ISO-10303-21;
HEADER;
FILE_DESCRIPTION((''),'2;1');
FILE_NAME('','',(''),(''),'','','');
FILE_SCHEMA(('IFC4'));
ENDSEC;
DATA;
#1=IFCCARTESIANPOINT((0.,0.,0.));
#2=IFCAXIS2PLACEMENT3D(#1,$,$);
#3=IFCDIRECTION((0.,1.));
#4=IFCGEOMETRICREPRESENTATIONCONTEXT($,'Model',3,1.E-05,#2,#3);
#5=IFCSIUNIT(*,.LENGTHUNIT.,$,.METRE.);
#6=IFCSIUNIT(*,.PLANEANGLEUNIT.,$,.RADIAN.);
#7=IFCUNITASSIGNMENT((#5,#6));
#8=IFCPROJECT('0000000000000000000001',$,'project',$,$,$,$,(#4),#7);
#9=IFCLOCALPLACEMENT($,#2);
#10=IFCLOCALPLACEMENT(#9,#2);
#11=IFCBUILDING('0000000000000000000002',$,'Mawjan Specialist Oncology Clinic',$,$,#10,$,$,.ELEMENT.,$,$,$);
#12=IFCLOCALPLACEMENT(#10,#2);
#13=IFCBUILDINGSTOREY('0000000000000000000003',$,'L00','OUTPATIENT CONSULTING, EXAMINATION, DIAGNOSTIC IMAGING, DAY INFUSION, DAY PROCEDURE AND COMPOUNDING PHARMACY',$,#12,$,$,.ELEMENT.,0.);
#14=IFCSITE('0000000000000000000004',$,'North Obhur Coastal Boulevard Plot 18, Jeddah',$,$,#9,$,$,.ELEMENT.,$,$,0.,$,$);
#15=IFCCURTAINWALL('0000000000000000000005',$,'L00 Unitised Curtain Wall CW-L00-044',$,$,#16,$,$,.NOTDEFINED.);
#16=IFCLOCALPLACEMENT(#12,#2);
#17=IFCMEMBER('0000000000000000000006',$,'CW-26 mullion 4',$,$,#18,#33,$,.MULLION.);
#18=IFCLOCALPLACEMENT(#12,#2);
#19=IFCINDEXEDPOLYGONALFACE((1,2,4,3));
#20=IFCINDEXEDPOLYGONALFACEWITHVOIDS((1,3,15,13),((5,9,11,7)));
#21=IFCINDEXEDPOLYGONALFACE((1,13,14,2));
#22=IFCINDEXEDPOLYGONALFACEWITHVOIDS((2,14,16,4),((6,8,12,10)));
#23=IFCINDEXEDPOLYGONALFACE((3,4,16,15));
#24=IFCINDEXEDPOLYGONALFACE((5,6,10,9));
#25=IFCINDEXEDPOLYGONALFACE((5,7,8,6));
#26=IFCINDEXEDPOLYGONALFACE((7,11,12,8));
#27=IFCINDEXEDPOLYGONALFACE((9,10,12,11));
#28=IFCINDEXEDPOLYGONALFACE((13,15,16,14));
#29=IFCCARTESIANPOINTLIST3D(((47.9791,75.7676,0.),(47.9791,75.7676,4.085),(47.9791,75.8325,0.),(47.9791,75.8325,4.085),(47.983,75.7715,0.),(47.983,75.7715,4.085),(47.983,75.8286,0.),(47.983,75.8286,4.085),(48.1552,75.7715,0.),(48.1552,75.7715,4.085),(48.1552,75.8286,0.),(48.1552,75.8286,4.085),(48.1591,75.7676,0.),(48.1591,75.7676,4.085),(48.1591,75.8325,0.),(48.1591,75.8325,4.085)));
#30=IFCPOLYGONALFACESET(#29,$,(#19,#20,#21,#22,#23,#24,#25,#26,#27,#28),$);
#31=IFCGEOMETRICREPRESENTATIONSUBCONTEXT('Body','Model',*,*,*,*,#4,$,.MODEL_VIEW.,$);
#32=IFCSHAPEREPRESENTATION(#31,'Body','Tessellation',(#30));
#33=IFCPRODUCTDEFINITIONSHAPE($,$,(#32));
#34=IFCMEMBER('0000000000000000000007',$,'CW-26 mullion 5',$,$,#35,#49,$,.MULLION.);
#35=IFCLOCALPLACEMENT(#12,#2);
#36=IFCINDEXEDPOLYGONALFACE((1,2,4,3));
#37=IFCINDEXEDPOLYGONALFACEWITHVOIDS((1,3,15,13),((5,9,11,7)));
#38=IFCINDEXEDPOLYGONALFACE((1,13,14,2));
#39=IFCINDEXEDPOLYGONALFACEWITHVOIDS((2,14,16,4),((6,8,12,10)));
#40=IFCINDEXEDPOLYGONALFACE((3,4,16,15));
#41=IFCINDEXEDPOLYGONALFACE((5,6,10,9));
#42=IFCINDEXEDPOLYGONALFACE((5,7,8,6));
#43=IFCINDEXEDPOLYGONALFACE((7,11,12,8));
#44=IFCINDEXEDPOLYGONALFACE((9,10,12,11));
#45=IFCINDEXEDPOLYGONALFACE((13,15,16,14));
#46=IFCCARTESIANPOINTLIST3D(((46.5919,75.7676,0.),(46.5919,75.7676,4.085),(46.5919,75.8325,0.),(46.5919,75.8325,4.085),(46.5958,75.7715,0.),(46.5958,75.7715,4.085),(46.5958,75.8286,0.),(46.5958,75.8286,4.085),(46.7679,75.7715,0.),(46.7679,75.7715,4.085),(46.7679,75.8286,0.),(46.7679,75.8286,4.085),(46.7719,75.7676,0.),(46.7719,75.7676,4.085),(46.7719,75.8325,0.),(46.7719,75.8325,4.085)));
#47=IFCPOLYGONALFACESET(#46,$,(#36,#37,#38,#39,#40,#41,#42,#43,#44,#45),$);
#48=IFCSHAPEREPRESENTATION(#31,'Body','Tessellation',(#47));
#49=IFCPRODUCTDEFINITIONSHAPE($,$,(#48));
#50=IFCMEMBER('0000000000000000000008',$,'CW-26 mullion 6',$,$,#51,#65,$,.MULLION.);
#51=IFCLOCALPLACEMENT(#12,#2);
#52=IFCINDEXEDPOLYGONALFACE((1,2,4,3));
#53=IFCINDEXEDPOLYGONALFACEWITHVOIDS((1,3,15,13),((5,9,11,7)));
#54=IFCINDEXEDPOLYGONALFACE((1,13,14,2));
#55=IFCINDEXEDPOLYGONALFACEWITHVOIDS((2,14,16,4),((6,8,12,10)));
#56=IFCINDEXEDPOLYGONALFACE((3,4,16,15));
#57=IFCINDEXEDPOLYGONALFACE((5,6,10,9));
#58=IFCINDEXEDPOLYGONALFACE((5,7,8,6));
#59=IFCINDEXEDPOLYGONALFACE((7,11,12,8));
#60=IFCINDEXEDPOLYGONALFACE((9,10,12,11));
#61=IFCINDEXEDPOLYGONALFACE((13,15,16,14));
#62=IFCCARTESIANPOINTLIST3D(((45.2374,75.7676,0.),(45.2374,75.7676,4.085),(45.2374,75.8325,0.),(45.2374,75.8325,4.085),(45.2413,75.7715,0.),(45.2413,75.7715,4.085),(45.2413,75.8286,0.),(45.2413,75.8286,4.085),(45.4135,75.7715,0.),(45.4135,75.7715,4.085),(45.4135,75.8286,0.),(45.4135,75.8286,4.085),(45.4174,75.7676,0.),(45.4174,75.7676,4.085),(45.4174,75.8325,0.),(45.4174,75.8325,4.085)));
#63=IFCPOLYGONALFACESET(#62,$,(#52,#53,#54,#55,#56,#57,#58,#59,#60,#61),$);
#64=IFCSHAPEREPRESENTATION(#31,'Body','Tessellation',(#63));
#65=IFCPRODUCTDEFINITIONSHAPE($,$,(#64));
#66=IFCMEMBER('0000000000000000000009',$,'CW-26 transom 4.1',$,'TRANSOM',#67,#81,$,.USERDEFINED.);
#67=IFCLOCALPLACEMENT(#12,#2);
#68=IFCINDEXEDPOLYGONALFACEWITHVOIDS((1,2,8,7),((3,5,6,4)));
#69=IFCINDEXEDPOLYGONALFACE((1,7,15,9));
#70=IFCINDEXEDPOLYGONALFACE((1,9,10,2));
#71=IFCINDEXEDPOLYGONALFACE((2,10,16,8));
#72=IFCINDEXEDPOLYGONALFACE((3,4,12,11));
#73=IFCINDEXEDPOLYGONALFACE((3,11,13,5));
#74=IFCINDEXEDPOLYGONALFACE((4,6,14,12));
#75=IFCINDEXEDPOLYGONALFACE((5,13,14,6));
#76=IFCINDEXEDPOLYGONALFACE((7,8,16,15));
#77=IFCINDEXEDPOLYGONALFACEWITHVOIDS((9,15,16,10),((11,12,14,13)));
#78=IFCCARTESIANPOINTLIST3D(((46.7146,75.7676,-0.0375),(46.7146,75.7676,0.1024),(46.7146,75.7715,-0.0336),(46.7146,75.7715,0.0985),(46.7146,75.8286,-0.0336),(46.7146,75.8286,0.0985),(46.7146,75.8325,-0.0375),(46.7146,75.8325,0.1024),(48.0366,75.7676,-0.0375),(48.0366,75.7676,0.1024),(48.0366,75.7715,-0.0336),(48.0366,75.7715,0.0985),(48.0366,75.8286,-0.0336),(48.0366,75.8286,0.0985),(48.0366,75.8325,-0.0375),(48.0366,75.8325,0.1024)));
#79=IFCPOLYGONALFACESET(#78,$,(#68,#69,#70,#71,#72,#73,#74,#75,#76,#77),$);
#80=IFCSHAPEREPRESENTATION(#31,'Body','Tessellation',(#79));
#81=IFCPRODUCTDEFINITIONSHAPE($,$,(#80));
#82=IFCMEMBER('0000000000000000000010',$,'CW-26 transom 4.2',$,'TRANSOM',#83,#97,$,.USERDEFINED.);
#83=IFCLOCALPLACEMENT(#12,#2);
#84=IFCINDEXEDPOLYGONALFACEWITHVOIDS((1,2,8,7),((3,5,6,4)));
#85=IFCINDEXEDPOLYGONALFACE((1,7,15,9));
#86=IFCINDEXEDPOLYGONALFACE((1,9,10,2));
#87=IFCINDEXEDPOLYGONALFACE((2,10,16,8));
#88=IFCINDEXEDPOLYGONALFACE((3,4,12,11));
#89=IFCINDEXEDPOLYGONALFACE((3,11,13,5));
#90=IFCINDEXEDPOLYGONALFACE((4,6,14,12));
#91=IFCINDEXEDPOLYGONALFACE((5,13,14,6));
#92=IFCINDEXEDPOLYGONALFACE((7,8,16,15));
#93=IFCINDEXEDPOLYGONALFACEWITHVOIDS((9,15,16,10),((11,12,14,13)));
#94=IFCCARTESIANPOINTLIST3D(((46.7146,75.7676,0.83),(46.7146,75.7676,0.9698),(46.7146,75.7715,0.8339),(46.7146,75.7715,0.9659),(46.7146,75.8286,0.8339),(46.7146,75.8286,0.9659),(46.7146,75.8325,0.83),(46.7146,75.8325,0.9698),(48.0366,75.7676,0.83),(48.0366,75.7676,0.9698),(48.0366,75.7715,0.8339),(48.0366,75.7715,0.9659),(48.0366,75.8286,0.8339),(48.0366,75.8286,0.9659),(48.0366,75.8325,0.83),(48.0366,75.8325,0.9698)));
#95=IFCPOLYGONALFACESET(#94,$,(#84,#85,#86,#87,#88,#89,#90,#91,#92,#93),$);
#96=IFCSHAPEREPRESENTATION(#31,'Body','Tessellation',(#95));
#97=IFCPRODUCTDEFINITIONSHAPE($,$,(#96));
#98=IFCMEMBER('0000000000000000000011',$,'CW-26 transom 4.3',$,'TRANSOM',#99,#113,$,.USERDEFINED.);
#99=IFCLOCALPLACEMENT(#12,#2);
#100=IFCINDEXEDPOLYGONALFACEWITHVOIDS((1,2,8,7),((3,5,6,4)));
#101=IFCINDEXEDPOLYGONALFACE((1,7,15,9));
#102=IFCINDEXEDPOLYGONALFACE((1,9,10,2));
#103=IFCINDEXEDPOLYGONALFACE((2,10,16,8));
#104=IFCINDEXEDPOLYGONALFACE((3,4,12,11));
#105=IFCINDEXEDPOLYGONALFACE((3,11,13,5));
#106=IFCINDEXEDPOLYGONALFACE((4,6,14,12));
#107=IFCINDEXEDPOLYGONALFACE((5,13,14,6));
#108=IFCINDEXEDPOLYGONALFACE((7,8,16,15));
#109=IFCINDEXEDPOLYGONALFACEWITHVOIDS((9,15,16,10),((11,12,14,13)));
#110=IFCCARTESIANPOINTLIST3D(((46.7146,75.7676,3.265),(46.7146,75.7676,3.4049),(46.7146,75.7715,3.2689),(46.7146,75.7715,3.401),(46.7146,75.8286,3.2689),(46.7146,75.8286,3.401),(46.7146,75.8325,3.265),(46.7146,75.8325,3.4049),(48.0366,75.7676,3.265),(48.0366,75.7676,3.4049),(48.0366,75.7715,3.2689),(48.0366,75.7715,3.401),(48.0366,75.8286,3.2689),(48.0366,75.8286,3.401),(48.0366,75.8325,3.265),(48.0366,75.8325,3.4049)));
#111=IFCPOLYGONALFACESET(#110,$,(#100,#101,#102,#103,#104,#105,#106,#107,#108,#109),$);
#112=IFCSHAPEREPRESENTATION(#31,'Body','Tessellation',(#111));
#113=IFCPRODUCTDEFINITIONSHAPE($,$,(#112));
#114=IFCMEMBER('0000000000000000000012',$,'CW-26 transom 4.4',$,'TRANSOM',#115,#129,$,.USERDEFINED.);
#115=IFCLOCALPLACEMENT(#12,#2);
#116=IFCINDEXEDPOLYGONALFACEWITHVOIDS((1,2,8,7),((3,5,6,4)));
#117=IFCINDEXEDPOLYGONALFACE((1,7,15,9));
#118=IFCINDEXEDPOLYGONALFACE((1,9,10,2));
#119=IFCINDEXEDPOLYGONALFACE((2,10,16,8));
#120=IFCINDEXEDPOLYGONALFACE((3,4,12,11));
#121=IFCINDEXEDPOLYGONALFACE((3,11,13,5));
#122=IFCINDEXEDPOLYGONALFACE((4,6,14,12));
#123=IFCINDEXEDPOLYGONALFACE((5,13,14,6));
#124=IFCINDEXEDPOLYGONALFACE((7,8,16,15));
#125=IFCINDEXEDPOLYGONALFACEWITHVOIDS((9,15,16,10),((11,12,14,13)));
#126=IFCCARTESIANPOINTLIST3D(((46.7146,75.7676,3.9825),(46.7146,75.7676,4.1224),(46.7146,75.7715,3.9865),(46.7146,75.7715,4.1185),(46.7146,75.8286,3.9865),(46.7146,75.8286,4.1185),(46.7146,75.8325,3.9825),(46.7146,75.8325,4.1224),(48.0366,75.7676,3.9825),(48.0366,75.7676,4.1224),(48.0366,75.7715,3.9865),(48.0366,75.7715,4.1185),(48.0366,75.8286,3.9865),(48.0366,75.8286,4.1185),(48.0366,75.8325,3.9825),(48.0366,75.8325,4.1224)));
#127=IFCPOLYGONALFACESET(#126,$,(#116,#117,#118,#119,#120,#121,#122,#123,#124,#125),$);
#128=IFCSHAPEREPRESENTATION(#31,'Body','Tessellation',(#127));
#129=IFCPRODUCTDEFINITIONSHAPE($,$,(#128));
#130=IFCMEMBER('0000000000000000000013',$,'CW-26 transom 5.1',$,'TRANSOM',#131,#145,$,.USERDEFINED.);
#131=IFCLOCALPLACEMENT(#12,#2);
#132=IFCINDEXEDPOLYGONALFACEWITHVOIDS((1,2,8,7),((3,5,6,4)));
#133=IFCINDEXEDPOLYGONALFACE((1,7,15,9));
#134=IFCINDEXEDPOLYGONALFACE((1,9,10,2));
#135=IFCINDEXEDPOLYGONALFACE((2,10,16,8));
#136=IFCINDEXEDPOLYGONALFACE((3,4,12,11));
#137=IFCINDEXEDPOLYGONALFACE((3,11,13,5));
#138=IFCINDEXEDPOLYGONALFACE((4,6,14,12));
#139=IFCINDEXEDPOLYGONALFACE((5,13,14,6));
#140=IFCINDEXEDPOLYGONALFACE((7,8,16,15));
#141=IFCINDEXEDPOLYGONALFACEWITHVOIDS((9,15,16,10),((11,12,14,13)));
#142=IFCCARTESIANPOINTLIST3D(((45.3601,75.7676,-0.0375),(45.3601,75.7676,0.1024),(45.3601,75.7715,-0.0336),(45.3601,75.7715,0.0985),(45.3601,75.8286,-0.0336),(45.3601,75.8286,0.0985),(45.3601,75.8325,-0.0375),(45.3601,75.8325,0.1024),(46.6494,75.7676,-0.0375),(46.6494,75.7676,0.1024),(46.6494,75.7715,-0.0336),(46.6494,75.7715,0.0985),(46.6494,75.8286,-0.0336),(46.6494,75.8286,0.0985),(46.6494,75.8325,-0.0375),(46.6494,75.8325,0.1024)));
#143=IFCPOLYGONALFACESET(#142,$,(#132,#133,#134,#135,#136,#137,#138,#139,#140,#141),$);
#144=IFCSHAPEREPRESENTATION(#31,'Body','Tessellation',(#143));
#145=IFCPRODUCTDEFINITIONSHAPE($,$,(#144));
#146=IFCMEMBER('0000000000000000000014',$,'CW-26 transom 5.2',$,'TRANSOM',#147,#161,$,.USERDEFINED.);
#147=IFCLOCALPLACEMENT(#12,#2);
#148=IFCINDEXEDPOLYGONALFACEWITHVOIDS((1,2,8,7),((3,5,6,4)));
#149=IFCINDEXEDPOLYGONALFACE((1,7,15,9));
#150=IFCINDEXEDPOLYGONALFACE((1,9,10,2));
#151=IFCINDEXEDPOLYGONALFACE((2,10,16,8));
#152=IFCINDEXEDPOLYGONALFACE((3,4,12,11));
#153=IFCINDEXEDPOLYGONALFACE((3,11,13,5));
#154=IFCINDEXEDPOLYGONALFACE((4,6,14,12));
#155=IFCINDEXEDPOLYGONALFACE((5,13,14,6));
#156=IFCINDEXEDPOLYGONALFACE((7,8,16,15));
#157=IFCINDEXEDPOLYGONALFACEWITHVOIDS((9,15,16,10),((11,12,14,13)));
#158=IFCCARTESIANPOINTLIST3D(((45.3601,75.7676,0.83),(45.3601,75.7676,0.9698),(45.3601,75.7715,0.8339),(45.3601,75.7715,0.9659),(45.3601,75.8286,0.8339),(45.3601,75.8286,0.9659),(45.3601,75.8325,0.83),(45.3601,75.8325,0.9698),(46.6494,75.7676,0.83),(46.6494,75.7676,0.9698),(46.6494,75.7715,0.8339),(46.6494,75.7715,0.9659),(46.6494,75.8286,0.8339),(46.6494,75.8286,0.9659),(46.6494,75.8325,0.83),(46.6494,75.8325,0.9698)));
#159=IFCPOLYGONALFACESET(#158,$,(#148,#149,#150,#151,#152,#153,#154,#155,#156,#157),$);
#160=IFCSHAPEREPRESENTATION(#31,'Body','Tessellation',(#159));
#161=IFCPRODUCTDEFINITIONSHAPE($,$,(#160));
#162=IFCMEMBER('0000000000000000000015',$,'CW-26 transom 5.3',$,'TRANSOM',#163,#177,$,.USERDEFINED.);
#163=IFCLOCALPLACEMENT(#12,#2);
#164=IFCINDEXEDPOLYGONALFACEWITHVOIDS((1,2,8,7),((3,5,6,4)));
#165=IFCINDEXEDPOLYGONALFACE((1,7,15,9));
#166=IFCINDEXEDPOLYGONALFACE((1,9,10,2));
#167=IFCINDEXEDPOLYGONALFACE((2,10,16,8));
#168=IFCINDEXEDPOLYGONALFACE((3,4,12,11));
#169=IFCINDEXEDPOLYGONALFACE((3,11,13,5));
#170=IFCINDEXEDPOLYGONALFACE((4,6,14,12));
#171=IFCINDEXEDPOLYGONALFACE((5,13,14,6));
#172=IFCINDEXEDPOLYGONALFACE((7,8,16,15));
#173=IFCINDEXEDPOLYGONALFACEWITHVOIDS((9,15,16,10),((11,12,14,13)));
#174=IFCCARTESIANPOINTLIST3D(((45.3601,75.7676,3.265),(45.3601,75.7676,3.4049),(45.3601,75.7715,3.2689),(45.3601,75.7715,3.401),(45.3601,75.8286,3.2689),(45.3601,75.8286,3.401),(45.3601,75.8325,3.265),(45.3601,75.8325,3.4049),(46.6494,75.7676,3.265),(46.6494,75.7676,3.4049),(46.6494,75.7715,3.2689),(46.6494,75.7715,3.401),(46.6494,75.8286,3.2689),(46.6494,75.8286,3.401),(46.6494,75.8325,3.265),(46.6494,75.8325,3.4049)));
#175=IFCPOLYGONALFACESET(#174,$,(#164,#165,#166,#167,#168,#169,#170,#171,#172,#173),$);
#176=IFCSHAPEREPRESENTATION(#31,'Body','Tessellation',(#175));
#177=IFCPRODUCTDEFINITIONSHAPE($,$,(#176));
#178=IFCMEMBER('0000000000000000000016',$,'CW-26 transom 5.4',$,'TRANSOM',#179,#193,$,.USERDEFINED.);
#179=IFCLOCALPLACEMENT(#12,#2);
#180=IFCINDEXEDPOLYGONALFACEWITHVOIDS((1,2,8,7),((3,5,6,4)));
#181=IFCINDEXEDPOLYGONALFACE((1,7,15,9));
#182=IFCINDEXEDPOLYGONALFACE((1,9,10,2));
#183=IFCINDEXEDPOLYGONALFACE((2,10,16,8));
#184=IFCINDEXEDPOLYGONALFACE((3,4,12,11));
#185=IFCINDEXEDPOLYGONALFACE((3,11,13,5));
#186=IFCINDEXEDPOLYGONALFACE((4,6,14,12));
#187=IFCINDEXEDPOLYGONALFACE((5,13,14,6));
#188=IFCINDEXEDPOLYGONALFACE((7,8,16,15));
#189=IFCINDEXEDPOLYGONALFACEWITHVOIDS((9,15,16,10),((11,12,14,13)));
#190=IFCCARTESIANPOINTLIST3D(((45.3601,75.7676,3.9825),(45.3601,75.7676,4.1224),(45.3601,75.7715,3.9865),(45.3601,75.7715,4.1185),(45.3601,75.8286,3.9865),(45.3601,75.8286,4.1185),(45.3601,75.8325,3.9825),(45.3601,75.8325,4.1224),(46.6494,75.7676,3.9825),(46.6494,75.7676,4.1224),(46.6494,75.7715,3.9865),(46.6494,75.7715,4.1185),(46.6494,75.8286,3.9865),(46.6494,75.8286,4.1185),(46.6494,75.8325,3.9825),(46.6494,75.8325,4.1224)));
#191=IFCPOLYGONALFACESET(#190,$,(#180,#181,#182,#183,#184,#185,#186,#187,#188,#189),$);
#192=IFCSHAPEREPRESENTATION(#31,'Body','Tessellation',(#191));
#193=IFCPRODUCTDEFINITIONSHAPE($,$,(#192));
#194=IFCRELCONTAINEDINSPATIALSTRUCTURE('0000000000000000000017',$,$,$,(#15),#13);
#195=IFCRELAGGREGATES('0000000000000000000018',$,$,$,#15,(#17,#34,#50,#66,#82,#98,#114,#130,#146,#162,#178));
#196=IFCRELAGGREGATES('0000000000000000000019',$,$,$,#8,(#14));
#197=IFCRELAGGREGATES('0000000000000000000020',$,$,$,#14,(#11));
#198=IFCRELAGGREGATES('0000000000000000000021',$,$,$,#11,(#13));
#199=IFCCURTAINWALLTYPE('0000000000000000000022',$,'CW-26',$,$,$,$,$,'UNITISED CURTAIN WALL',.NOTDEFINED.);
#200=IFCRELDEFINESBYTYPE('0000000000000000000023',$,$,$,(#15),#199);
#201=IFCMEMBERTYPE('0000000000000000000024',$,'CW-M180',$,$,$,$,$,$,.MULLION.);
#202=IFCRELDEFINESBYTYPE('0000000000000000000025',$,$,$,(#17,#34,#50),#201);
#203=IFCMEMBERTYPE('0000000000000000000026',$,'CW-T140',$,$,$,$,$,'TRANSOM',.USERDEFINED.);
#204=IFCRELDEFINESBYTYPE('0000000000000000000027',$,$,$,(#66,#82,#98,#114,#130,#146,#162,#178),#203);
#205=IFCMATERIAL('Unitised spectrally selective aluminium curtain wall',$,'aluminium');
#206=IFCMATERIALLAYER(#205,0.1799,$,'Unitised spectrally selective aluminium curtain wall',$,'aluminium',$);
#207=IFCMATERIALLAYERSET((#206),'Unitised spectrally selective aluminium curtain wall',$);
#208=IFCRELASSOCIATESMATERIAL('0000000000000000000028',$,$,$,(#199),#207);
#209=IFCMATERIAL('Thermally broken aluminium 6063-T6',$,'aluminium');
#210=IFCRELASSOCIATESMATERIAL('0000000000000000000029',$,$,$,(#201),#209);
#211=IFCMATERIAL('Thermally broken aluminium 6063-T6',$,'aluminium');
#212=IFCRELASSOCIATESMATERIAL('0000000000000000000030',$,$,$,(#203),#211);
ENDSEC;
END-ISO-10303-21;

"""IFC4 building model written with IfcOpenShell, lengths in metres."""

from ifc_helpers import new_model, si_unit, direction, frame, origin, origin_2d, place, context, subcontext, project, spatial, hollow_rectangle, extrude, material, layer, layer_set, material_profile, profile_set, type_object, element, aggregate, save


model = new_model("IFC4")

# Units and contexts
model_context = context("Model", 3, precision=1e-05, world=origin(), true_north=direction((0.0, 1.0)))
body_context = subcontext(model_context, "Body", "Model", "MODEL_VIEW")
ifc_project = project(units=[si_unit("LENGTHUNIT", "METRE"), si_unit("PLANEANGLEUNIT", "RADIAN")], contexts=[model_context])

# Site, building, storey
site_placement = place(None, origin())
site = spatial("IfcSite", under=ifc_project, at=site_placement, Name="North Obhur Coastal Boulevard Plot 18, Jeddah", CompositionType="ELEMENT", RefElevation=0.0)
building_placement = place(site_placement, origin())
building = spatial("IfcBuilding", under=site, at=building_placement, Name="Mawjan Specialist Oncology Clinic", CompositionType="ELEMENT")
storey_placement = place(building_placement, origin())
storey = spatial("IfcBuildingStorey", under=building, at=storey_placement, Name="L00", Description="OUTPATIENT CONSULTING, EXAMINATION, DIAGNOSTIC IMAGING, DAY INFUSION, DAY PROCEDURE AND COMPOUNDING PHARMACY", CompositionType="ELEMENT", Elevation=0.0)

# Curtain wall, members
ifc_material_1 = material(Name="Unitised spectrally selective aluminium curtain wall", Category="aluminium")
ifc_layer_1 = layer(ifc_material_1, 0.1799, Name="Unitised spectrally selective aluminium curtain wall", Category="aluminium")
ifc_layer_set_1 = layer_set([ifc_layer_1], Name="Unitised spectrally selective aluminium curtain wall")
curtain_wall_type_1 = type_object("IfcCurtainWallType", Name="CW-26", ElementType="UNITISED CURTAIN WALL", PredefinedType="NOTDEFINED", material=ifc_layer_set_1)
curtain_wall_1_placement = place(storey_placement, origin())
curtain_wall_1 = element("IfcCurtainWall", 1, at=curtain_wall_1_placement, inside=storey, type_object=curtain_wall_type_1, Name="L00 Unitised Curtain Wall CW-L00-044", PredefinedType="NOTDEFINED")
ifc_material_2 = material(Name="Thermally broken aluminium 6063-T6", Category="aluminium")
ifc_material_profile_1 = material_profile(ifc_material_2, hollow_rectangle(XDim=0.0649, YDim=0.1799, WallThickness=0.0039, at=origin_2d()), Name="ALU MULLION 180x65x4", Category="aluminium")
ifc_profile_set_1 = profile_set([ifc_material_profile_1], Name="Thermally broken aluminium 6063-T6")
member_type_1 = type_object("IfcMemberType", Name="CW-M180", PredefinedType="MULLION", material=ifc_profile_set_1)
member_1_placement = place(storey_placement, frame((48.0691, 75.8, 0.0), z_axis=(0.0, 0.0, 1.0), x_axis=(0.0, -1.0, 0.0)))
member_1 = element("IfcMember", 2, at=member_1_placement, type_object=member_type_1, Name="CW-26 mullion 4", PredefinedType="MULLION", context=body_context, shape_type="SweptSolid", body=[
    extrude(hollow_rectangle(XDim=0.0649, YDim=0.1799, WallThickness=0.0039, at=origin_2d()), origin(), (0.0, 0.0, 1.0), 4.085),
])
member_2_placement = place(storey_placement, frame((46.6819, 75.8, 0.0), z_axis=(0.0, 0.0, 1.0), x_axis=(0.0, -1.0, 0.0)))
member_2 = element("IfcMember", 3, at=member_2_placement, type_object=member_type_1, Name="CW-26 mullion 5", PredefinedType="MULLION", context=body_context, shape_type="SweptSolid", body=[
    extrude(hollow_rectangle(XDim=0.0649, YDim=0.1799, WallThickness=0.0039, at=origin_2d()), origin(), (0.0, 0.0, 1.0), 4.085),
])
member_3_placement = place(storey_placement, frame((45.3274, 75.8, 0.0), z_axis=(0.0, 0.0, 1.0), x_axis=(0.0, -1.0, 0.0)))
member_3 = element("IfcMember", 4, at=member_3_placement, type_object=member_type_1, Name="CW-26 mullion 6", PredefinedType="MULLION", context=body_context, shape_type="SweptSolid", body=[
    extrude(hollow_rectangle(XDim=0.0649, YDim=0.1799, WallThickness=0.0039, at=origin_2d()), origin(), (0.0, 0.0, 1.0), 4.085),
])
ifc_material_3 = material(Name="Thermally broken aluminium 6063-T6", Category="aluminium")
ifc_material_profile_2 = material_profile(ifc_material_3, hollow_rectangle(XDim=0.0649, YDim=0.1399, WallThickness=0.0039, at=origin_2d()), Name="ALU TRANSOM 140x65x4", Category="aluminium")
ifc_profile_set_2 = profile_set([ifc_material_profile_2], Name="Thermally broken aluminium 6063-T6")
member_type_2 = type_object("IfcMemberType", Name="CW-T140", ElementType="TRANSOM", PredefinedType="USERDEFINED", material=ifc_profile_set_2)
member_4_placement = place(storey_placement, frame((48.0366, 75.8, 0.0325), z_axis=(-1.0, 0.0, 0.0), x_axis=(0.0, -1.0, 0.0)))
member_4 = element("IfcMember", 5, at=member_4_placement, type_object=member_type_2, Name="CW-26 transom 4.1", ObjectType="TRANSOM", PredefinedType="USERDEFINED", context=body_context, shape_type="SweptSolid", body=[
    extrude(hollow_rectangle(XDim=0.0649, YDim=0.1399, WallThickness=0.0039, at=origin_2d()), origin(), (0.0, 0.0, 1.0), 1.322),
])
member_5_placement = place(storey_placement, frame((48.0366, 75.8, 0.8999), z_axis=(-1.0, 0.0, 0.0), x_axis=(0.0, -1.0, 0.0)))
member_5 = element("IfcMember", 6, at=member_5_placement, type_object=member_type_2, Name="CW-26 transom 4.2", ObjectType="TRANSOM", PredefinedType="USERDEFINED", context=body_context, shape_type="SweptSolid", body=[
    extrude(hollow_rectangle(XDim=0.0649, YDim=0.1399, WallThickness=0.0039, at=origin_2d()), origin(), (0.0, 0.0, 1.0), 1.322),
])
member_6_placement = place(storey_placement, frame((48.0366, 75.8, 3.335), z_axis=(-1.0, 0.0, 0.0), x_axis=(0.0, -1.0, 0.0)))
member_6 = element("IfcMember", 7, at=member_6_placement, type_object=member_type_2, Name="CW-26 transom 4.3", ObjectType="TRANSOM", PredefinedType="USERDEFINED", context=body_context, shape_type="SweptSolid", body=[
    extrude(hollow_rectangle(XDim=0.0649, YDim=0.1399, WallThickness=0.0039, at=origin_2d()), origin(), (0.0, 0.0, 1.0), 1.322),
])
member_7_placement = place(storey_placement, frame((48.0366, 75.8, 4.0525), z_axis=(-1.0, 0.0, 0.0), x_axis=(0.0, -1.0, 0.0)))
member_7 = element("IfcMember", 8, at=member_7_placement, type_object=member_type_2, Name="CW-26 transom 4.4", ObjectType="TRANSOM", PredefinedType="USERDEFINED", context=body_context, shape_type="SweptSolid", body=[
    extrude(hollow_rectangle(XDim=0.0649, YDim=0.1399, WallThickness=0.0039, at=origin_2d()), origin(), (0.0, 0.0, 1.0), 1.322),
])
member_8_placement = place(storey_placement, frame((46.6494, 75.8, 0.0325), z_axis=(-1.0, 0.0, 0.0), x_axis=(0.0, -1.0, 0.0)))
member_8 = element("IfcMember", 9, at=member_8_placement, type_object=member_type_2, Name="CW-26 transom 5.1", ObjectType="TRANSOM", PredefinedType="USERDEFINED", context=body_context, shape_type="SweptSolid", body=[
    extrude(hollow_rectangle(XDim=0.0649, YDim=0.1399, WallThickness=0.0039, at=origin_2d()), origin(), (0.0, 0.0, 1.0), 1.2893),
])
member_9_placement = place(storey_placement, frame((46.6494, 75.8, 0.8999), z_axis=(-1.0, 0.0, 0.0), x_axis=(0.0, -1.0, 0.0)))
member_9 = element("IfcMember", 10, at=member_9_placement, type_object=member_type_2, Name="CW-26 transom 5.2", ObjectType="TRANSOM", PredefinedType="USERDEFINED", context=body_context, shape_type="SweptSolid", body=[
    extrude(hollow_rectangle(XDim=0.0649, YDim=0.1399, WallThickness=0.0039, at=origin_2d()), origin(), (0.0, 0.0, 1.0), 1.2893),
])
member_10_placement = place(storey_placement, frame((46.6494, 75.8, 3.335), z_axis=(-1.0, 0.0, 0.0), x_axis=(0.0, -1.0, 0.0)))
member_10 = element("IfcMember", 11, at=member_10_placement, type_object=member_type_2, Name="CW-26 transom 5.3", ObjectType="TRANSOM", PredefinedType="USERDEFINED", context=body_context, shape_type="SweptSolid", body=[
    extrude(hollow_rectangle(XDim=0.0649, YDim=0.1399, WallThickness=0.0039, at=origin_2d()), origin(), (0.0, 0.0, 1.0), 1.2893),
])
member_11_placement = place(storey_placement, frame((46.6494, 75.8, 4.0525), z_axis=(-1.0, 0.0, 0.0), x_axis=(0.0, -1.0, 0.0)))
member_11 = element("IfcMember", 12, at=member_11_placement, type_object=member_type_2, Name="CW-26 transom 5.4", ObjectType="TRANSOM", PredefinedType="USERDEFINED", context=body_context, shape_type="SweptSolid", body=[
    extrude(hollow_rectangle(XDim=0.0649, YDim=0.1399, WallThickness=0.0039, at=origin_2d()), origin(), (0.0, 0.0, 1.0), 1.2893),
])

aggregate(curtain_wall_1, [member_1, member_2, member_3, member_4, member_5, member_6, member_7, member_8, member_9, member_10, member_11])

save(model, "model.ifc")
